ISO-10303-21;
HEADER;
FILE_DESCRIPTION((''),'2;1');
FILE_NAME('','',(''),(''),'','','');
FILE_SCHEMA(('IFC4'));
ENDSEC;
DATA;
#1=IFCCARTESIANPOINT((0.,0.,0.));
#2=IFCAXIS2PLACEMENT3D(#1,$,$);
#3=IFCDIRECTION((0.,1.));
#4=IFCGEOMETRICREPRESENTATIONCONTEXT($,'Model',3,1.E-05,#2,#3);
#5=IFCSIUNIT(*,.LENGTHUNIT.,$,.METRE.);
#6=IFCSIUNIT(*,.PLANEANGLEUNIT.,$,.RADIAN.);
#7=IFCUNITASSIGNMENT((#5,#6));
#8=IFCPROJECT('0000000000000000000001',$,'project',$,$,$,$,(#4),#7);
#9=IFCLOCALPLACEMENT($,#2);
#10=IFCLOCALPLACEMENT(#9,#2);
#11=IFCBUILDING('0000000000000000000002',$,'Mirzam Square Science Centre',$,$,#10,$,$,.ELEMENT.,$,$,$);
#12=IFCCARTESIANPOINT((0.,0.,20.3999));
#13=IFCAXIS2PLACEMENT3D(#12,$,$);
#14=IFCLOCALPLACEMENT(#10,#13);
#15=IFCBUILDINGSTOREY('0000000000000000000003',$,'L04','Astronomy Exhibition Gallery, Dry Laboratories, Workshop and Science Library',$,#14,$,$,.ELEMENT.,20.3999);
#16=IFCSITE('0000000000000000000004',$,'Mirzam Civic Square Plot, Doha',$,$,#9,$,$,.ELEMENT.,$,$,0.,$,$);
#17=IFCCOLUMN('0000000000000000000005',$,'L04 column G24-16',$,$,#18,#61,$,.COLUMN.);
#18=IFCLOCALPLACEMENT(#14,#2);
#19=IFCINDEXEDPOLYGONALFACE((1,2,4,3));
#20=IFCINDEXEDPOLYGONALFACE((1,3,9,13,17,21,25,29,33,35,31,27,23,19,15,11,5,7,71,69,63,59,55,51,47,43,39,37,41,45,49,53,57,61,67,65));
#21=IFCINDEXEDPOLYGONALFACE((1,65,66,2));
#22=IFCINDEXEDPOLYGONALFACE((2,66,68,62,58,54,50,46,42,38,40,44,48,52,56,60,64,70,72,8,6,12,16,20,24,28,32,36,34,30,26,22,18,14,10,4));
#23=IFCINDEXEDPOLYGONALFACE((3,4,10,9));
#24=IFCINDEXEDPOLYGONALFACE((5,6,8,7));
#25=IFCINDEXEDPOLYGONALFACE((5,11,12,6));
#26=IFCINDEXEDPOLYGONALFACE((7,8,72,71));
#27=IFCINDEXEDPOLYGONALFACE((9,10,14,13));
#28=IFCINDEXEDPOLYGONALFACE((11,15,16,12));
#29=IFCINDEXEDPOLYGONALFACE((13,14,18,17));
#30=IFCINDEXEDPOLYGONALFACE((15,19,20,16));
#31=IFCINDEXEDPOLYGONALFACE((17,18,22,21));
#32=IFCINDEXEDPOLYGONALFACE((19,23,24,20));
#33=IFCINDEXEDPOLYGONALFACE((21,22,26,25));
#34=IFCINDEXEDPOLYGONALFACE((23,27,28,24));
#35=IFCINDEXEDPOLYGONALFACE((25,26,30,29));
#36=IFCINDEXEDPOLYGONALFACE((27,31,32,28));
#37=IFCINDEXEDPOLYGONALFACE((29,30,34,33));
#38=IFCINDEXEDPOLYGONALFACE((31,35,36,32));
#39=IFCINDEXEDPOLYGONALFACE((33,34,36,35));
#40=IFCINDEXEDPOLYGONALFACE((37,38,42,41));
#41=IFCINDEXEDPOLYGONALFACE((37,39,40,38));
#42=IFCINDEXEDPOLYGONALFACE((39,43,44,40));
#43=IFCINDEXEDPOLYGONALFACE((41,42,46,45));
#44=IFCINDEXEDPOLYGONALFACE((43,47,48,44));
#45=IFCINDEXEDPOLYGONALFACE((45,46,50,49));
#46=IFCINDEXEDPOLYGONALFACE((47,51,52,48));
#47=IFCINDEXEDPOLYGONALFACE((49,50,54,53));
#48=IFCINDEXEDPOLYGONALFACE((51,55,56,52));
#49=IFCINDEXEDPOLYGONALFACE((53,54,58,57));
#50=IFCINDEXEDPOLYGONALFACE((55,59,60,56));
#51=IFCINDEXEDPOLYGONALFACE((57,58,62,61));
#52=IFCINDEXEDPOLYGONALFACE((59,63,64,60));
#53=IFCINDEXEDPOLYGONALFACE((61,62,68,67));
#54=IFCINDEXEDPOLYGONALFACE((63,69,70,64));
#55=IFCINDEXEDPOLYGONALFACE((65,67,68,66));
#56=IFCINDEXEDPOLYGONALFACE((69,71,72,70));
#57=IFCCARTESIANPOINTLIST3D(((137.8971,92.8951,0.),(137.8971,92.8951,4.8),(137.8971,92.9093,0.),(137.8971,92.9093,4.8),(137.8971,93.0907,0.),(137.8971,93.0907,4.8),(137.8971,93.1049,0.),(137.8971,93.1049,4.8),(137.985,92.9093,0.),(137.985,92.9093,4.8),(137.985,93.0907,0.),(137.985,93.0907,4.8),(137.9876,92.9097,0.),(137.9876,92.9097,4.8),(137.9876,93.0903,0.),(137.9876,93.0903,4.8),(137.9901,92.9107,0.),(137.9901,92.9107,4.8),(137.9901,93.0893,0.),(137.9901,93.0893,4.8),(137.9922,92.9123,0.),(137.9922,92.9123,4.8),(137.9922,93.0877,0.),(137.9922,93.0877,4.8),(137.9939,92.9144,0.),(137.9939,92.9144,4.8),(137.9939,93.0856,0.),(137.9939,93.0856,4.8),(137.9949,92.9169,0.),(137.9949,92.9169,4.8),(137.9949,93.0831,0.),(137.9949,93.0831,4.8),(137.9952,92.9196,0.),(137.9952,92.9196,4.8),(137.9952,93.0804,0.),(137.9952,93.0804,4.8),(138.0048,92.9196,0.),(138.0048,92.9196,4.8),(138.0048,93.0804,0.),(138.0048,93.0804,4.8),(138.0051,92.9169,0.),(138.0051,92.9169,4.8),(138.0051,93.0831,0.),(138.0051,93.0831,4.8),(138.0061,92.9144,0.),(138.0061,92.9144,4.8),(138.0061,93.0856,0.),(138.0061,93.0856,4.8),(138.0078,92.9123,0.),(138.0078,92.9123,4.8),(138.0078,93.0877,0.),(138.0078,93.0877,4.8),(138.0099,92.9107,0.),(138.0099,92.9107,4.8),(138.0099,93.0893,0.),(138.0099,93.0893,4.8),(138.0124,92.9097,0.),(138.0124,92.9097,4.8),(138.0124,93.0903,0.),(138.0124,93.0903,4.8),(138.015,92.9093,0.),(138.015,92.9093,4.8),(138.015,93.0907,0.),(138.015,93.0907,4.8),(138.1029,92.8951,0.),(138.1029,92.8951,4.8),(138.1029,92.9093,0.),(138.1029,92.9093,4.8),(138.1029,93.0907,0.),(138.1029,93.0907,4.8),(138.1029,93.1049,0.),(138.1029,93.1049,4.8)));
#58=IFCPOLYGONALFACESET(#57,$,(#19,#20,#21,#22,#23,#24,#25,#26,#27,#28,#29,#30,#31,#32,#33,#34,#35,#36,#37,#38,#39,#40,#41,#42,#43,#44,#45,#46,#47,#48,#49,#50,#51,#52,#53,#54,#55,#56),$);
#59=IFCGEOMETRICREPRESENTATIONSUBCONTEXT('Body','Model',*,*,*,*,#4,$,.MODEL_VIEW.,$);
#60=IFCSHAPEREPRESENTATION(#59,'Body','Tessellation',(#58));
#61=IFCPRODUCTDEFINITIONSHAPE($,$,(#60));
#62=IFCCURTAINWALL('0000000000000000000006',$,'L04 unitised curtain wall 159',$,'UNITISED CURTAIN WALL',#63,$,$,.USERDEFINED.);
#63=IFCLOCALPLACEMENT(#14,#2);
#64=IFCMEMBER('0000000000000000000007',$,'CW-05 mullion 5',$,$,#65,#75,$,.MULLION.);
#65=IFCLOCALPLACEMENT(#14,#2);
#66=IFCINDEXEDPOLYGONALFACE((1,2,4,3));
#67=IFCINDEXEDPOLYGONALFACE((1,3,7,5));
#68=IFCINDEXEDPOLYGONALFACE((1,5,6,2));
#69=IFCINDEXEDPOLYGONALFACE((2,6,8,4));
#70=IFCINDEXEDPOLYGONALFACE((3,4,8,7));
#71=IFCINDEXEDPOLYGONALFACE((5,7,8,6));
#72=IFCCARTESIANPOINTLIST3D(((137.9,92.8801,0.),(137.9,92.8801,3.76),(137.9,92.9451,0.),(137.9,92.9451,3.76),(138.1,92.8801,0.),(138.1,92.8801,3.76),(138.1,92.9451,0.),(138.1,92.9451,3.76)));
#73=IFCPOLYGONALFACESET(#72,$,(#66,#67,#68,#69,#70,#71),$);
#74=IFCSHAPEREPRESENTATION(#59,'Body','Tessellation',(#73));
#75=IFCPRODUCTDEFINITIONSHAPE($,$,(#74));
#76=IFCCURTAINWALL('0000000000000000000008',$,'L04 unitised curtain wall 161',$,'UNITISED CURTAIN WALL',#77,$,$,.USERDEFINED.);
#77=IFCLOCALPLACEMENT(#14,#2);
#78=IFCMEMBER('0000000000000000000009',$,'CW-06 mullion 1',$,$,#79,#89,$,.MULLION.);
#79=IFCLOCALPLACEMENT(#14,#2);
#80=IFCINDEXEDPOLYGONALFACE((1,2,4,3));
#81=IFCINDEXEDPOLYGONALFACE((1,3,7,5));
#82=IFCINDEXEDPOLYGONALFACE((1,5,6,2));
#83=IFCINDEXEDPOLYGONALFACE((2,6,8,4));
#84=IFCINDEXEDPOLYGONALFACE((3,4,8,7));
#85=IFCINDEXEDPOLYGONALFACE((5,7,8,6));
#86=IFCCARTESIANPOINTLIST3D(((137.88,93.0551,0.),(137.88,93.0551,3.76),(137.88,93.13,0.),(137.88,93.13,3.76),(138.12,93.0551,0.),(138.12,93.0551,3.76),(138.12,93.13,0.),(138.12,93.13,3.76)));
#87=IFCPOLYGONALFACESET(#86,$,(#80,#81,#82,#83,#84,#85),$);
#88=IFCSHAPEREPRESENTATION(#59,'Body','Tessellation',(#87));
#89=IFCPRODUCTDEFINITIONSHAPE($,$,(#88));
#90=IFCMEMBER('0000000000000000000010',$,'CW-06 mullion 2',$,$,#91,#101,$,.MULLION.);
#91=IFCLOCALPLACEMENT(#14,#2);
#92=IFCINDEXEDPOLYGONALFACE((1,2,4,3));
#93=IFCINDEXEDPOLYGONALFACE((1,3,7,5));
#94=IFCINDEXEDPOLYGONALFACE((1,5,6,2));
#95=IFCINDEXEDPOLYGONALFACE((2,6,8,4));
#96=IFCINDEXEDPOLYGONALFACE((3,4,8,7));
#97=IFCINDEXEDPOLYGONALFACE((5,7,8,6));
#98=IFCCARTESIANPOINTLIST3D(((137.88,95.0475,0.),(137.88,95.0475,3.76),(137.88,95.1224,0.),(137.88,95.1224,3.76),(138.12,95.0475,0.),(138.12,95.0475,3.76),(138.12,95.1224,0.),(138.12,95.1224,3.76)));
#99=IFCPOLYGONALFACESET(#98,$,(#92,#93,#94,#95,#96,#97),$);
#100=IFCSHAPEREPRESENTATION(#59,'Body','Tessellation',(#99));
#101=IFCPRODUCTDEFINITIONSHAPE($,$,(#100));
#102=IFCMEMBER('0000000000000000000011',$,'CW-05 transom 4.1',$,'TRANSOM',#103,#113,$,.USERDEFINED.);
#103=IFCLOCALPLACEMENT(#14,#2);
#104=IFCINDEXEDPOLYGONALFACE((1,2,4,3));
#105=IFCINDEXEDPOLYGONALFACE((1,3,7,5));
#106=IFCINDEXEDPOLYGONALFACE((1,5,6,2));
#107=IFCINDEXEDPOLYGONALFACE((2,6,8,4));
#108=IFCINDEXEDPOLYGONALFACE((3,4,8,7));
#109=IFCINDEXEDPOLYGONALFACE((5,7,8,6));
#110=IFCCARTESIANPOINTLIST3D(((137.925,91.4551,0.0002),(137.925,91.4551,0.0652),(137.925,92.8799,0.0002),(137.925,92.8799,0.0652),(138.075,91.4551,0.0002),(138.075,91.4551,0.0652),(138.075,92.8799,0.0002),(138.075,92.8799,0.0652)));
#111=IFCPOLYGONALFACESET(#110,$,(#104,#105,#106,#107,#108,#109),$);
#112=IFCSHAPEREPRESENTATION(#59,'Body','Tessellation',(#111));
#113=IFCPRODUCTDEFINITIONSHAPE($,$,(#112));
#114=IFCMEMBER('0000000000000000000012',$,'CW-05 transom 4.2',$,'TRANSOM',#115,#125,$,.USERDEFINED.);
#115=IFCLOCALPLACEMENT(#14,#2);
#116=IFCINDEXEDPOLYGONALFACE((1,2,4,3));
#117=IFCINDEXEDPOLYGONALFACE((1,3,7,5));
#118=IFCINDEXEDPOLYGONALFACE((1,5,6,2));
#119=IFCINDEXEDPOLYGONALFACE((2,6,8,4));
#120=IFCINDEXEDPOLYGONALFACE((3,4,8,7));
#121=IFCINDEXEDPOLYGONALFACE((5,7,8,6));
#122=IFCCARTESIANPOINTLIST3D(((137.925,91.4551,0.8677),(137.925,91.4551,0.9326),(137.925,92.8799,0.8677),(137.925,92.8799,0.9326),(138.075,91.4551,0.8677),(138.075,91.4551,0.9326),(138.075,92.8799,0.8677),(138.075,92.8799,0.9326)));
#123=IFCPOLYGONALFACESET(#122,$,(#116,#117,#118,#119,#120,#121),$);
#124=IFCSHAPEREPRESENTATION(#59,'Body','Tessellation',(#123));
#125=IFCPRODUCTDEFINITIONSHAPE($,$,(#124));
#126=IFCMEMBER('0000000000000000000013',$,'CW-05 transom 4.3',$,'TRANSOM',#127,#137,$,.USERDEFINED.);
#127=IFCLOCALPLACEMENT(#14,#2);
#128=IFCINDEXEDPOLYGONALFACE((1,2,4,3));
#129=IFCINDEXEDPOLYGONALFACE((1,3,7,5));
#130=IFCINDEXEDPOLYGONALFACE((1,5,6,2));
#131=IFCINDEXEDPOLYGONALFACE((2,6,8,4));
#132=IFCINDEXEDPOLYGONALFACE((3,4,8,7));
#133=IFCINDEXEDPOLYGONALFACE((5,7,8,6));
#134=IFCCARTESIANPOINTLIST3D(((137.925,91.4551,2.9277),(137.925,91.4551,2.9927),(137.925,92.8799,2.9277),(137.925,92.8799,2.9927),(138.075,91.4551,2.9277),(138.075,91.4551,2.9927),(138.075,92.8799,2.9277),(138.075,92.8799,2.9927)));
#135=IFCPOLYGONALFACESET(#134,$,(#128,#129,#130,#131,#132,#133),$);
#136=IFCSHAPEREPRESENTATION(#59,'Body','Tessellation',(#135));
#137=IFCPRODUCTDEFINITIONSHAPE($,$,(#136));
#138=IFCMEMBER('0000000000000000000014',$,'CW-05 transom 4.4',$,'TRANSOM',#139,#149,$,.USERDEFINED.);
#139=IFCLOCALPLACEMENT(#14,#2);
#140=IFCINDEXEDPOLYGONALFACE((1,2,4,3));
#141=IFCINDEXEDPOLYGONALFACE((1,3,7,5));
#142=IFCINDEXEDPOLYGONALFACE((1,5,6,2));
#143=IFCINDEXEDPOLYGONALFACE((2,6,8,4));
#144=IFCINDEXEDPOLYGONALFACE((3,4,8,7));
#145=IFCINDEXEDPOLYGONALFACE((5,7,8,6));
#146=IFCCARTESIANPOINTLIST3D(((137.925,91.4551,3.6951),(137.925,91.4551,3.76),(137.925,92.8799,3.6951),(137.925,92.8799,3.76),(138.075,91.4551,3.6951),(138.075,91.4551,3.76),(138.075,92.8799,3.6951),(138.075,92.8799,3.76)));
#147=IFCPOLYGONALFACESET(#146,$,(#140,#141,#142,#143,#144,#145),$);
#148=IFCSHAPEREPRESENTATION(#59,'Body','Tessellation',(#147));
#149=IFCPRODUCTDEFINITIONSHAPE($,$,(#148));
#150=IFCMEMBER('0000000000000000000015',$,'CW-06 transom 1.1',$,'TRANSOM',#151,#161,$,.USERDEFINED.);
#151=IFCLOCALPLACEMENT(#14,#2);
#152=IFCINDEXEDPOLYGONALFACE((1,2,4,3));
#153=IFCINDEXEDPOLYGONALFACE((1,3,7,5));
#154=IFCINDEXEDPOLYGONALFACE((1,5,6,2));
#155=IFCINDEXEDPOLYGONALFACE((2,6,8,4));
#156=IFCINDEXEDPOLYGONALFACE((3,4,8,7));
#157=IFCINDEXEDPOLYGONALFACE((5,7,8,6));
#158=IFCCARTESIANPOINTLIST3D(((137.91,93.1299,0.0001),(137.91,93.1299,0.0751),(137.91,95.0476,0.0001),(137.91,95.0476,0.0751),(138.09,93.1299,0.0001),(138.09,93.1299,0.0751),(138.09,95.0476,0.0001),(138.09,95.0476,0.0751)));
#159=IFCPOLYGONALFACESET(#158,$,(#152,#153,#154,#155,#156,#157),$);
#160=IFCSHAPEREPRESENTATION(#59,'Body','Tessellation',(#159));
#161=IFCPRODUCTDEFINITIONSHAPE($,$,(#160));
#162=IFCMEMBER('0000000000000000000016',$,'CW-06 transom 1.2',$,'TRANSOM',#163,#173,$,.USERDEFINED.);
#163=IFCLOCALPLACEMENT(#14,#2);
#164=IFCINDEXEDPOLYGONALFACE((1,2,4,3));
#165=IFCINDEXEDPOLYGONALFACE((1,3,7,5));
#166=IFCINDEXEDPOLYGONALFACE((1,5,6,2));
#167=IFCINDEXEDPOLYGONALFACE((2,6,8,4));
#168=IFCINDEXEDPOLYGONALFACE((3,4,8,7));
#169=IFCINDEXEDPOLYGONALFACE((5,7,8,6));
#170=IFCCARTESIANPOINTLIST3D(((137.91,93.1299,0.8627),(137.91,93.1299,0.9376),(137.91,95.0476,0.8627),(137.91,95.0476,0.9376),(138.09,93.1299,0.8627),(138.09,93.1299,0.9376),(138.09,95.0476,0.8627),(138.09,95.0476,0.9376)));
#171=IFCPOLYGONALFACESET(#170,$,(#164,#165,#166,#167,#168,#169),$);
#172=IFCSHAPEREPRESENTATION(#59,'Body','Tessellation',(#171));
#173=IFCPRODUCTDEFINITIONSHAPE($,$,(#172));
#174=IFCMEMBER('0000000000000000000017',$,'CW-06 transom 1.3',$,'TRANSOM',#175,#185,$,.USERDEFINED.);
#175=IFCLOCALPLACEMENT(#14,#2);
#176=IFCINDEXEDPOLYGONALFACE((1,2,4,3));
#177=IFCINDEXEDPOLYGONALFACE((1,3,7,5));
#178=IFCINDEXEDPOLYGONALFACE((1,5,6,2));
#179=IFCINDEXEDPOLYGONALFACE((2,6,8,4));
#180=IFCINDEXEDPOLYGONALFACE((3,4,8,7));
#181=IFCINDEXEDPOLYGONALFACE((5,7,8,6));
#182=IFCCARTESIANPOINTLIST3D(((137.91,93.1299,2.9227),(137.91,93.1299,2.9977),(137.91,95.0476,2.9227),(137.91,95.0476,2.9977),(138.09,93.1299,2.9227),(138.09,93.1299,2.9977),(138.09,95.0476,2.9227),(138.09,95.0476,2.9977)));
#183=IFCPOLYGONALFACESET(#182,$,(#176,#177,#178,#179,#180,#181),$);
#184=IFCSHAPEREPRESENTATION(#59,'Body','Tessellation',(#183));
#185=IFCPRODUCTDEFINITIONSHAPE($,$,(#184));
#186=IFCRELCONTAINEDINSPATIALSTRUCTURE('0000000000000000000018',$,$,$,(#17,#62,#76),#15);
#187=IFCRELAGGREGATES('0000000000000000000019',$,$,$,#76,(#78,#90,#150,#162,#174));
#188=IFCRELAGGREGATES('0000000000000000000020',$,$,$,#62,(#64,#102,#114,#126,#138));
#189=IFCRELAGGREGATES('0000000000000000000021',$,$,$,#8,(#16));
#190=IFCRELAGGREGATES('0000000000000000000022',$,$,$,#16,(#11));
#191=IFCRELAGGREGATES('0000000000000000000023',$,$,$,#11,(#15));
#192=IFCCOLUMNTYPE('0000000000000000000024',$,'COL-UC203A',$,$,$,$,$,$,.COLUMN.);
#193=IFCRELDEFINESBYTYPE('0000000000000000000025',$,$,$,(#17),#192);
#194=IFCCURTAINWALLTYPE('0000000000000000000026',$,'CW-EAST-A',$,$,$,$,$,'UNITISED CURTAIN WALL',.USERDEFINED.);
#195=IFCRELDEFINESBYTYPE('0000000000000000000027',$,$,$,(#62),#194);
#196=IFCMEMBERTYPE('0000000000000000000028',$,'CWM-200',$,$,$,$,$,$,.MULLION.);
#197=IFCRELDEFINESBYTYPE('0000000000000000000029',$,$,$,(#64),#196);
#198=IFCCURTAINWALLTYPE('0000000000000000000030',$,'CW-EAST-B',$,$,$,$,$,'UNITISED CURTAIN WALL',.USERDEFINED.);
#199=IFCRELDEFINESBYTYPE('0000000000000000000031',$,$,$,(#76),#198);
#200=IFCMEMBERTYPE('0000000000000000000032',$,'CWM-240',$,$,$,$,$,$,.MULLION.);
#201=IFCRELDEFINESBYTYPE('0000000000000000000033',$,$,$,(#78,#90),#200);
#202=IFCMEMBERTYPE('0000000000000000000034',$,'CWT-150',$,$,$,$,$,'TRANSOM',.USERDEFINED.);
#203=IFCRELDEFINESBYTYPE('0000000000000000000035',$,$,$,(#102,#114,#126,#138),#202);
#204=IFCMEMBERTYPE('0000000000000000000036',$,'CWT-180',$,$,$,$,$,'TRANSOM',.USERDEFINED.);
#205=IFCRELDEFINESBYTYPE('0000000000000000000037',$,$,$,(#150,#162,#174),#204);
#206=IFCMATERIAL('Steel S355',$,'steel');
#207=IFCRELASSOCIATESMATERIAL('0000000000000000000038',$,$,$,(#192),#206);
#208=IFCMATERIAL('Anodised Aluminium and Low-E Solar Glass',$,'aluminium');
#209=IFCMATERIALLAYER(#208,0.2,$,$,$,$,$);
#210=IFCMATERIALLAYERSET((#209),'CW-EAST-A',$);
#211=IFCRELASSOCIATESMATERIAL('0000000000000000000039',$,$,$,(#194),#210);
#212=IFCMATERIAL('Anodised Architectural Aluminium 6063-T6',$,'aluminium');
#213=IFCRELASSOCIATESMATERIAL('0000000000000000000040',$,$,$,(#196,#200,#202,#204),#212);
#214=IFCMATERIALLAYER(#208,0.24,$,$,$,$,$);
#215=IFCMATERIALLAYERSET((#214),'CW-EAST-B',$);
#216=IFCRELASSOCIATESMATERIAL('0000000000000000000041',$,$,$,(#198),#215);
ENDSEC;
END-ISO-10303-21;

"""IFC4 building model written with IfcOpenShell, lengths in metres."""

from ifc_helpers import new_model, si_unit, direction, frame, origin, origin_2d, place, context, subcontext, project, spatial, rectangle, i_section, extrude, material, layer, layer_set, material_profile, profile_set, type_object, element, aggregate, save


model = new_model("IFC4")

# Units and contexts
model_context = context("Model", 3, precision=1e-05, world=origin(), true_north=direction((0.0, 1.0)))
body_context = subcontext(model_context, "Body", "Model", "MODEL_VIEW")
ifc_project = project(units=[si_unit("LENGTHUNIT", "METRE"), si_unit("PLANEANGLEUNIT", "RADIAN")], contexts=[model_context])

# Site, building, storey
site_placement = place(None, origin())
site = spatial("IfcSite", under=ifc_project, at=site_placement, Name="Mirzam Civic Square Plot, Doha", CompositionType="ELEMENT", RefElevation=0.0)
building_placement = place(site_placement, origin())
building = spatial("IfcBuilding", under=site, at=building_placement, Name="Mirzam Square Science Centre", CompositionType="ELEMENT")
storey_placement = place(building_placement, frame((0.0, 0.0, 20.3999)))
storey = spatial("IfcBuildingStorey", under=building, at=storey_placement, Name="L04", Description="Astronomy Exhibition Gallery, Dry Laboratories, Workshop and Science Library", CompositionType="ELEMENT", Elevation=20.3999)

# Column
ifc_material_1 = material(Name="Steel S355", Category="steel")
ifc_material_profile_1 = material_profile(ifc_material_1, i_section(OverallWidth=0.2058, OverallDepth=0.2097, WebThickness=0.0095, FlangeThickness=0.0142, FilletRadius=0.0103, at=origin_2d()), Name="203x203x60UC")
ifc_profile_set_1 = profile_set([ifc_material_profile_1], Name="Steel S355")
column_type = type_object("IfcColumnType", Name="COL-UC203A", PredefinedType="COLUMN", material=ifc_profile_set_1)
column_placement = place(storey_placement, frame((138.0, 93.0, 0.0), z_axis=(0.0, 0.0, 1.0), x_axis=(1.0, 0.0, 0.0)))
element("IfcColumn", 1, at=column_placement, inside=storey, type_object=column_type, Name="L04 column G24-16", PredefinedType="COLUMN", context=body_context, shape_type="SweptSolid", body=[
    extrude(i_section(OverallWidth=0.2058, OverallDepth=0.2097, WebThickness=0.0095, FlangeThickness=0.0142, FilletRadius=0.0103, at=origin_2d()), origin(), (0.0, 0.0, 1.0), 4.8),
])

# Curtain wall, member
ifc_material_2 = material(Name="Anodised Aluminium and Low-E Solar Glass", Category="aluminium")
ifc_layer_1 = layer(ifc_material_2, 0.2)
ifc_layer_set_1 = layer_set([ifc_layer_1], Name="CW-EAST-A")
curtain_wall_type_1 = type_object("IfcCurtainWallType", Name="CW-EAST-A", ElementType="UNITISED CURTAIN WALL", PredefinedType="USERDEFINED", material=ifc_layer_set_1)
curtain_wall_1_placement = place(storey_placement, origin())
curtain_wall_1 = element("IfcCurtainWall", 2, at=curtain_wall_1_placement, inside=storey, type_object=curtain_wall_type_1, Name="L04 unitised curtain wall 159", ObjectType="UNITISED CURTAIN WALL", PredefinedType="USERDEFINED")
ifc_material_3 = material(Name="Anodised Architectural Aluminium 6063-T6", Category="aluminium")
ifc_material_profile_2 = material_profile(ifc_material_3, rectangle(XDim=0.0649, YDim=0.2, at=origin_2d()), Name="ALU-MULL-200x65x5")
ifc_profile_set_2 = profile_set([ifc_material_profile_2], Name="Anodised Architectural Aluminium 6063-T6")
member_type_1 = type_object("IfcMemberType", Name="CWM-200", PredefinedType="MULLION", material=ifc_profile_set_2)
member_1_placement = place(storey_placement, frame((138.0, 92.9126, 0.0), z_axis=(0.0, 0.0, 1.0), x_axis=(0.0, 1.0, 0.0)))
member_1 = element("IfcMember", 3, at=member_1_placement, type_object=member_type_1, Name="CW-05 mullion 5", PredefinedType="MULLION", context=body_context, shape_type="SweptSolid", body=[
    extrude(rectangle(XDim=0.0649, YDim=0.2, at=origin_2d()), origin(), (0.0, 0.0, 1.0), 3.76),
])

# Curtain wall, members
ifc_layer_2 = layer(ifc_material_2, 0.24)
ifc_layer_set_2 = layer_set([ifc_layer_2], Name="CW-EAST-B")
curtain_wall_type_2 = type_object("IfcCurtainWallType", Name="CW-EAST-B", ElementType="UNITISED CURTAIN WALL", PredefinedType="USERDEFINED", material=ifc_layer_set_2)
curtain_wall_2_placement = place(storey_placement, origin())
curtain_wall_2 = element("IfcCurtainWall", 4, at=curtain_wall_2_placement, inside=storey, type_object=curtain_wall_type_2, Name="L04 unitised curtain wall 161", ObjectType="UNITISED CURTAIN WALL", PredefinedType="USERDEFINED")
ifc_material_profile_3 = material_profile(ifc_material_3, rectangle(XDim=0.075, YDim=0.24, at=origin_2d()), Name="ALU-MULL-240x75x5")
ifc_profile_set_3 = profile_set([ifc_material_profile_3], Name="Anodised Architectural Aluminium 6063-T6")
member_type_2 = type_object("IfcMemberType", Name="CWM-240", PredefinedType="MULLION", material=ifc_profile_set_3)
member_2_placement = place(storey_placement, frame((138.0, 93.0925, 0.0), z_axis=(0.0, 0.0, 1.0), x_axis=(0.0, 1.0, 0.0)))
member_2 = element("IfcMember", 5, at=member_2_placement, type_object=member_type_2, Name="CW-06 mullion 1", PredefinedType="MULLION", context=body_context, shape_type="SweptSolid", body=[
    extrude(rectangle(XDim=0.075, YDim=0.24, at=origin_2d()), origin(), (0.0, 0.0, 1.0), 3.76),
])
member_3_placement = place(storey_placement, frame((138.0, 95.085, 0.0), z_axis=(0.0, 0.0, 1.0), x_axis=(0.0, 1.0, 0.0)))
member_3 = element("IfcMember", 6, at=member_3_placement, type_object=member_type_2, Name="CW-06 mullion 2", PredefinedType="MULLION", context=body_context, shape_type="SweptSolid", body=[
    extrude(rectangle(XDim=0.075, YDim=0.24, at=origin_2d()), origin(), (0.0, 0.0, 1.0), 3.76),
])

# Members
ifc_material_profile_4 = material_profile(ifc_material_3, rectangle(XDim=0.1499, YDim=0.0649, at=origin_2d()), Name="ALU-TRAN-150x65x4")
ifc_profile_set_4 = profile_set([ifc_material_profile_4], Name="Anodised Architectural Aluminium 6063-T6")
member_type_3 = type_object("IfcMemberType", Name="CWT-150", ElementType="TRANSOM", PredefinedType="USERDEFINED", material=ifc_profile_set_4)
member_4_placement = place(storey_placement, frame((138.0, 91.4551, 0.0327), z_axis=(0.0, 1.0, 0.0), x_axis=(-1.0, 0.0, 0.0)))
member_4 = element("IfcMember", 7, at=member_4_placement, type_object=member_type_3, Name="CW-05 transom 4.1", ObjectType="TRANSOM", PredefinedType="USERDEFINED", context=body_context, shape_type="SweptSolid", body=[
    extrude(rectangle(XDim=0.1499, YDim=0.0649, at=origin_2d()), origin(), (0.0, 0.0, 1.0), 1.4248),
])
member_5_placement = place(storey_placement, frame((138.0, 91.4551, 0.9001), z_axis=(0.0, 1.0, 0.0), x_axis=(-1.0, 0.0, 0.0)))
member_5 = element("IfcMember", 8, at=member_5_placement, type_object=member_type_3, Name="CW-05 transom 4.2", ObjectType="TRANSOM", PredefinedType="USERDEFINED", context=body_context, shape_type="SweptSolid", body=[
    extrude(rectangle(XDim=0.1499, YDim=0.0649, at=origin_2d()), origin(), (0.0, 0.0, 1.0), 1.4248),
])
member_6_placement = place(storey_placement, frame((138.0, 91.4551, 2.9602), z_axis=(0.0, 1.0, 0.0), x_axis=(-1.0, 0.0, 0.0)))
member_6 = element("IfcMember", 9, at=member_6_placement, type_object=member_type_3, Name="CW-05 transom 4.3", ObjectType="TRANSOM", PredefinedType="USERDEFINED", context=body_context, shape_type="SweptSolid", body=[
    extrude(rectangle(XDim=0.1499, YDim=0.0649, at=origin_2d()), origin(), (0.0, 0.0, 1.0), 1.4248),
])
member_7_placement = place(storey_placement, frame((138.0, 91.4551, 3.7275), z_axis=(0.0, 1.0, 0.0), x_axis=(-1.0, 0.0, 0.0)))
member_7 = element("IfcMember", 10, at=member_7_placement, type_object=member_type_3, Name="CW-05 transom 4.4", ObjectType="TRANSOM", PredefinedType="USERDEFINED", context=body_context, shape_type="SweptSolid", body=[
    extrude(rectangle(XDim=0.1499, YDim=0.0649, at=origin_2d()), origin(), (0.0, 0.0, 1.0), 1.4248),
])
ifc_material_profile_5 = material_profile(ifc_material_3, rectangle(XDim=0.1799, YDim=0.075, at=origin_2d()), Name="ALU-TRAN-180x75x5")
ifc_profile_set_5 = profile_set([ifc_material_profile_5], Name="Anodised Architectural Aluminium 6063-T6")
member_type_4 = type_object("IfcMemberType", Name="CWT-180", ElementType="TRANSOM", PredefinedType="USERDEFINED", material=ifc_profile_set_5)
member_8_placement = place(storey_placement, frame((138.0, 93.1299, 0.0376), z_axis=(0.0, 1.0, 0.0), x_axis=(-1.0, 0.0, 0.0)))
member_8 = element("IfcMember", 11, at=member_8_placement, type_object=member_type_4, Name="CW-06 transom 1.1", ObjectType="TRANSOM", PredefinedType="USERDEFINED", context=body_context, shape_type="SweptSolid", body=[
    extrude(rectangle(XDim=0.1799, YDim=0.075, at=origin_2d()), origin(), (0.0, 0.0, 1.0), 1.9177),
])
member_9_placement = place(storey_placement, frame((138.0, 93.1299, 0.9001), z_axis=(0.0, 1.0, 0.0), x_axis=(-1.0, 0.0, 0.0)))
member_9 = element("IfcMember", 12, at=member_9_placement, type_object=member_type_4, Name="CW-06 transom 1.2", ObjectType="TRANSOM", PredefinedType="USERDEFINED", context=body_context, shape_type="SweptSolid", body=[
    extrude(rectangle(XDim=0.1799, YDim=0.075, at=origin_2d()), origin(), (0.0, 0.0, 1.0), 1.9177),
])
member_10_placement = place(storey_placement, frame((138.0, 93.1299, 2.9602), z_axis=(0.0, 1.0, 0.0), x_axis=(-1.0, 0.0, 0.0)))
member_10 = element("IfcMember", 13, at=member_10_placement, type_object=member_type_4, Name="CW-06 transom 1.3", ObjectType="TRANSOM", PredefinedType="USERDEFINED", context=body_context, shape_type="SweptSolid", body=[
    extrude(rectangle(XDim=0.1799, YDim=0.075, at=origin_2d()), origin(), (0.0, 0.0, 1.0), 1.9177),
])

aggregate(curtain_wall_2, [member_2, member_3, member_8, member_9, member_10])
aggregate(curtain_wall_1, [member_1, member_4, member_5, member_6, member_7])

save(model, "model.ifc")
